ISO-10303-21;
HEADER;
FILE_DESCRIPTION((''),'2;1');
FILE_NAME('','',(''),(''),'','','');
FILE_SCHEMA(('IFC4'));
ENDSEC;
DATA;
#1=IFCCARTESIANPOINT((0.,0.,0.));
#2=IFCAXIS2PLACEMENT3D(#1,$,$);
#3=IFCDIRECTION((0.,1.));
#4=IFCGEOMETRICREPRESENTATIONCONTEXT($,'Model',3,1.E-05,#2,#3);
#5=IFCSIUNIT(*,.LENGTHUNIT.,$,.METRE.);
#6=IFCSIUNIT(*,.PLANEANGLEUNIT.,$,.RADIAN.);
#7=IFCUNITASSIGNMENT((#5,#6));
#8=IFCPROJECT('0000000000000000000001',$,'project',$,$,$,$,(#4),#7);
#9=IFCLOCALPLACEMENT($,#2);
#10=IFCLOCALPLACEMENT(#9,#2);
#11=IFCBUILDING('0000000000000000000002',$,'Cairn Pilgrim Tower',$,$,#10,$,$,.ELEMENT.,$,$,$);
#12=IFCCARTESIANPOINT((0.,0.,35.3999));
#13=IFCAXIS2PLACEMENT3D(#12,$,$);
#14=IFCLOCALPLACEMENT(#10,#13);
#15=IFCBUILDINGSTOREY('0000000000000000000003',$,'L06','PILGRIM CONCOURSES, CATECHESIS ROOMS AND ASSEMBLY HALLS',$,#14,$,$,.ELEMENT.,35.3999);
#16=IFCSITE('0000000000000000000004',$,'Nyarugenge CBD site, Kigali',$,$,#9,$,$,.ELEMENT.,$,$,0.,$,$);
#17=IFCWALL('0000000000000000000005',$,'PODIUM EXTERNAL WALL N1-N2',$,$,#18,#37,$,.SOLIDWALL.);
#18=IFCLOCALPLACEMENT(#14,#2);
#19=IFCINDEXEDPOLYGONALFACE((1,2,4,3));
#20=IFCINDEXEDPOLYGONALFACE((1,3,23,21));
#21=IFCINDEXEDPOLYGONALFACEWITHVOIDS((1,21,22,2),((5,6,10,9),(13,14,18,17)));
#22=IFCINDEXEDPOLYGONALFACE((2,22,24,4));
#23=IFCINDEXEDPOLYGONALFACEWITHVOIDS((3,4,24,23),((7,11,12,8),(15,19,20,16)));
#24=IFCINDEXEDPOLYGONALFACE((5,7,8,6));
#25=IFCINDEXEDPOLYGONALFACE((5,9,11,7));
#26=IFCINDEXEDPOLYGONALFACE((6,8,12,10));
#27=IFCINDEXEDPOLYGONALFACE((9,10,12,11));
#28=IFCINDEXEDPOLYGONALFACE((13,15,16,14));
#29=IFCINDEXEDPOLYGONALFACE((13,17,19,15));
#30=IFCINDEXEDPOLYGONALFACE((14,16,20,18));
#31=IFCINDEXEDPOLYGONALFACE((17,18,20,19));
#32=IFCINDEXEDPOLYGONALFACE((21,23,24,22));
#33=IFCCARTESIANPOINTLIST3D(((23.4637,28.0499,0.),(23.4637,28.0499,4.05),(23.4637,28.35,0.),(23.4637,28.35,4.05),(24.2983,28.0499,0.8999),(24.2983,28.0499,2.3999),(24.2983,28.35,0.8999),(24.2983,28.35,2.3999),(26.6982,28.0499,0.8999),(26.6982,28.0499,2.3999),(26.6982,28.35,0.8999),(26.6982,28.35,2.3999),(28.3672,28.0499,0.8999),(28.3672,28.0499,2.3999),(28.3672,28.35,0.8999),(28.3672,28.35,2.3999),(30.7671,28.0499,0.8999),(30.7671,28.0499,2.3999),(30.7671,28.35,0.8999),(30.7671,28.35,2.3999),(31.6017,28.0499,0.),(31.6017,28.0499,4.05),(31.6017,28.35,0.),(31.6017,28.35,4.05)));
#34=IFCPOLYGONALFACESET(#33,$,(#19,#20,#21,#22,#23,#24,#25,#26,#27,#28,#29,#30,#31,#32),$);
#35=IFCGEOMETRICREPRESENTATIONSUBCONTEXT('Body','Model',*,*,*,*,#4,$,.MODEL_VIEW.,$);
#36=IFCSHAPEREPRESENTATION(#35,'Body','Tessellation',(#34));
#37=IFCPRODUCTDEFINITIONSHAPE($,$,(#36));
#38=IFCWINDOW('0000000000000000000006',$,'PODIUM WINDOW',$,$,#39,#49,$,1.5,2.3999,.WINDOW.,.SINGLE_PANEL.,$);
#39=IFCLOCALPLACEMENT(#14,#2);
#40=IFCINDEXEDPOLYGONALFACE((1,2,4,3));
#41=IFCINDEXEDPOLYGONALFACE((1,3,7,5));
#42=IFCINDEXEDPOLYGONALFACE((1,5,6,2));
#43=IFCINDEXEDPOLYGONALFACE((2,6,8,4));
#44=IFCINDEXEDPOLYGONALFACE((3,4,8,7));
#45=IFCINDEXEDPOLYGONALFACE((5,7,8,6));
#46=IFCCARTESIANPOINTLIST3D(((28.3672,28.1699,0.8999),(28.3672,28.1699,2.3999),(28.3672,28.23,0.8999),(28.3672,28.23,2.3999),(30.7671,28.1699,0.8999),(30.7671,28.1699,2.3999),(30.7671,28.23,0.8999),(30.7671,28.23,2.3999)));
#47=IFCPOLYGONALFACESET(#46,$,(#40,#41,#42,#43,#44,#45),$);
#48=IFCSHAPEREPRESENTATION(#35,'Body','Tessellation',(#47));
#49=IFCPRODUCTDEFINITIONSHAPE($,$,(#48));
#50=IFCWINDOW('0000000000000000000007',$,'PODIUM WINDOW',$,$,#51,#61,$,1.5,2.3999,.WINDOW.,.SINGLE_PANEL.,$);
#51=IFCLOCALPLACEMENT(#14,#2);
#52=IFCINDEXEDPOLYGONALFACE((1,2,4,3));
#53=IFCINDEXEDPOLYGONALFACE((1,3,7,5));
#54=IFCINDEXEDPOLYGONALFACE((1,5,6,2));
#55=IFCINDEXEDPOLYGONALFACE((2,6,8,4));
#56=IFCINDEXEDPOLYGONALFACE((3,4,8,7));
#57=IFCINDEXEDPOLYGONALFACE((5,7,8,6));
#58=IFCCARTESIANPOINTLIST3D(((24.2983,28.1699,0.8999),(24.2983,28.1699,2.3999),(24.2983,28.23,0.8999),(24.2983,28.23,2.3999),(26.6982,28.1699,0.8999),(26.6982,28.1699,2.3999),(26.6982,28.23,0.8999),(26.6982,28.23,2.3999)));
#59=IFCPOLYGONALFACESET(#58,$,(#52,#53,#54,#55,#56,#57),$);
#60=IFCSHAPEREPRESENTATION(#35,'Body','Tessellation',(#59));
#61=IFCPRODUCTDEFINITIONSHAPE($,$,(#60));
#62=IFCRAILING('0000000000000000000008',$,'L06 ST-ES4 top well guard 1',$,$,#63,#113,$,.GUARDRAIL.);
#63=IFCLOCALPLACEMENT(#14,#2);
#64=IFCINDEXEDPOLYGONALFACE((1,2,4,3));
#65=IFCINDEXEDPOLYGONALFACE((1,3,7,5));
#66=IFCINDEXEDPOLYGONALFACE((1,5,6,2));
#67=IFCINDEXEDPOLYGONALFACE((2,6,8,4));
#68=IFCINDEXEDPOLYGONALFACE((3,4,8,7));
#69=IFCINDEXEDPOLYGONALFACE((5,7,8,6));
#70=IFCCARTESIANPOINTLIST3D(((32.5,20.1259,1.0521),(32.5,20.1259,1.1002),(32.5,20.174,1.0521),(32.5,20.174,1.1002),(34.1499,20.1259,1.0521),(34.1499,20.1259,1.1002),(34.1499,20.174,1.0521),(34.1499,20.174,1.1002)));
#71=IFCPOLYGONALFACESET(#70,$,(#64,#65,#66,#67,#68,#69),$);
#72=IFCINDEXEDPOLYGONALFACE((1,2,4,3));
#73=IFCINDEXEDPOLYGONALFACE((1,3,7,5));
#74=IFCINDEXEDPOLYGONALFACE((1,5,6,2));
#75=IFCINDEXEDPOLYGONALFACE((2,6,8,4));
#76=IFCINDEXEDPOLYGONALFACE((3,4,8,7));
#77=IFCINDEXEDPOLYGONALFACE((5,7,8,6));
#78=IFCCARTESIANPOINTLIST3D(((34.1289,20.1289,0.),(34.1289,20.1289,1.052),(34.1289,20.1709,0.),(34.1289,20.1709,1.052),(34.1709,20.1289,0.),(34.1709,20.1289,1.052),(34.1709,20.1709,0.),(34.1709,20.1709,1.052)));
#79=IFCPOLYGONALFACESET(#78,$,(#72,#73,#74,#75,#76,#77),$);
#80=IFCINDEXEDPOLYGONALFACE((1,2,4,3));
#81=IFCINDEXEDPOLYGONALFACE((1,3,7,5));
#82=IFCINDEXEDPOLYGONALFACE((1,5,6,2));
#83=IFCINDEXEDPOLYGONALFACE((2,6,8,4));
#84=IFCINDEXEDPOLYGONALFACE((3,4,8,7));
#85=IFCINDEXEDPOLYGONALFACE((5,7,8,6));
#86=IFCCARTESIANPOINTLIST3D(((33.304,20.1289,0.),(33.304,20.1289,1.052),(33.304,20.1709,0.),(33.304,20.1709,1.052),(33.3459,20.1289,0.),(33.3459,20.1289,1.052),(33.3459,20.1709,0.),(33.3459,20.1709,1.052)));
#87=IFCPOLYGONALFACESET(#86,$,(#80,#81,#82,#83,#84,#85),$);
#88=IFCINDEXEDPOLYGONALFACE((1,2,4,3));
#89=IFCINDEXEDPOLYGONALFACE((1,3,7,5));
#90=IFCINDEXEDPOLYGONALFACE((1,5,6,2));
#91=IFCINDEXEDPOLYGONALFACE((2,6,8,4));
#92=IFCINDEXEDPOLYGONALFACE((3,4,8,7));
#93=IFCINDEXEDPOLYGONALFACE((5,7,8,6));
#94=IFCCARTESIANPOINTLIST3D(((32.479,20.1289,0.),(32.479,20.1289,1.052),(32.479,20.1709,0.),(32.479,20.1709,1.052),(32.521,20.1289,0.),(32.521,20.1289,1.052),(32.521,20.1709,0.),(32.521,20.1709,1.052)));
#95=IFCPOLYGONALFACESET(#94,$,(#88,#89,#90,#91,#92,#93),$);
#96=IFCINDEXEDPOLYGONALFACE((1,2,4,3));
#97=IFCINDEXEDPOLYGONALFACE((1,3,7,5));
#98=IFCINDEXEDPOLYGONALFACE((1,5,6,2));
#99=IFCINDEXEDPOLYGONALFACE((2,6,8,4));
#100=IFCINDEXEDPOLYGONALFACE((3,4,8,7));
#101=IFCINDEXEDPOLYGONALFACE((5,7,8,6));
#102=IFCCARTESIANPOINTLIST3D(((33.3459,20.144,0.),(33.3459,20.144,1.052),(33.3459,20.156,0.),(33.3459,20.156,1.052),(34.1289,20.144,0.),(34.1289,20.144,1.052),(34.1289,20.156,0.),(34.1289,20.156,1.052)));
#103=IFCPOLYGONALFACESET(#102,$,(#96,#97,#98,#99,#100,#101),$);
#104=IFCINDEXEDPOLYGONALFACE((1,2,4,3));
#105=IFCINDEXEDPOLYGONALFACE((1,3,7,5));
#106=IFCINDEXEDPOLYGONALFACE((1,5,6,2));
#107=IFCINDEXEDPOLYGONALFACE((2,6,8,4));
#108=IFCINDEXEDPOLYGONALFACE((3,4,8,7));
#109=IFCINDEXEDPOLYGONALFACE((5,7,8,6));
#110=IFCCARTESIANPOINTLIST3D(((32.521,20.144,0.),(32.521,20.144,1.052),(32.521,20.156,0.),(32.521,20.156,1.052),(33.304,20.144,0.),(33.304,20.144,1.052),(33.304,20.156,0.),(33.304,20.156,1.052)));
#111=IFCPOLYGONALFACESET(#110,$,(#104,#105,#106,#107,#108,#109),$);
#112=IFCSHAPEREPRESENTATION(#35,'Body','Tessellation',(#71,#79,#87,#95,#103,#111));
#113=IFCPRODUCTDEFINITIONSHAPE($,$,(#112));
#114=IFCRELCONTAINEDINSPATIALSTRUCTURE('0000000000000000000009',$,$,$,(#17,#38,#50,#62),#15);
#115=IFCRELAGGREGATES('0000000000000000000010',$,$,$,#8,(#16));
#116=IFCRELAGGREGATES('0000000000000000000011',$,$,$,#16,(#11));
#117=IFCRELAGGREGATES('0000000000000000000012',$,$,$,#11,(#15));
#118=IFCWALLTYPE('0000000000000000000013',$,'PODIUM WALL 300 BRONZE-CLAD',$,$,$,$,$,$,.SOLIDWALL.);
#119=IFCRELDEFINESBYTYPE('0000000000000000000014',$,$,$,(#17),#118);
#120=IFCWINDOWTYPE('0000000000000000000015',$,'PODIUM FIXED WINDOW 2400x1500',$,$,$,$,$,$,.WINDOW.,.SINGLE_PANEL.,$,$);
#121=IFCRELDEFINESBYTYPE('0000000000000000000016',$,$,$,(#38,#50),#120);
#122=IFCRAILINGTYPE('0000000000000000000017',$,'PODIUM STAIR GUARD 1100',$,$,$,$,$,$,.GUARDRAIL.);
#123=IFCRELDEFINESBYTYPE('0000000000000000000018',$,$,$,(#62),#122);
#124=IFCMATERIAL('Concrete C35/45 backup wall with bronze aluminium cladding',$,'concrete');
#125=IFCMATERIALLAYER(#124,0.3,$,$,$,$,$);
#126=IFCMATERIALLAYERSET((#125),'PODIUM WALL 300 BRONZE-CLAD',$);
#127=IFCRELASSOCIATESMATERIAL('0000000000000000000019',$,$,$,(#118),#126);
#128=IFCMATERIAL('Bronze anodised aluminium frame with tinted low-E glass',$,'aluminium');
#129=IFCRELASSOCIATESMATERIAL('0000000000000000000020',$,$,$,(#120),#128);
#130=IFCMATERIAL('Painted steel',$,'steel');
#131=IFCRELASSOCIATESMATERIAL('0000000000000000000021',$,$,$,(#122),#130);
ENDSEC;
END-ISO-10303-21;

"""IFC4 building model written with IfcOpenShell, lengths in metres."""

from ifc_helpers import new_model, si_unit, direction, frame, frame_2d, origin, origin_2d, place, context, subcontext, project, spatial, polyline, rectangle, outline, extrude, material, layer, layer_set, type_object, element, fill, save


model = new_model("IFC4")

# Units and contexts
model_context = context("Model", 3, precision=1e-05, world=origin(), true_north=direction((0.0, 1.0)))
body_context = subcontext(model_context, "Body", "Model", "MODEL_VIEW")
ifc_project = project(units=[si_unit("LENGTHUNIT", "METRE"), si_unit("PLANEANGLEUNIT", "RADIAN")], contexts=[model_context])

# Site, building, storey
site_placement = place(None, origin())
site = spatial("IfcSite", under=ifc_project, at=site_placement, Name="Nyarugenge CBD site, Kigali", CompositionType="ELEMENT", RefElevation=0.0)
building_placement = place(site_placement, origin())
building = spatial("IfcBuilding", under=site, at=building_placement, Name="Cairn Pilgrim Tower", CompositionType="ELEMENT")
storey_placement = place(building_placement, frame((0.0, 0.0, 35.3999)))
storey = spatial("IfcBuildingStorey", under=building, at=storey_placement, Name="L06", Description="PILGRIM CONCOURSES, CATECHESIS ROOMS AND ASSEMBLY HALLS", CompositionType="ELEMENT", Elevation=35.3999)

# Wall, openings, windows
ifc_material_1 = material(Name="Concrete C35/45 backup wall with bronze aluminium cladding", Category="concrete")
ifc_layer_1 = layer(ifc_material_1, 0.3)
ifc_layer_set_1 = layer_set([ifc_layer_1], Name="PODIUM WALL 300 BRONZE-CLAD")
wall_type_1 = type_object("IfcWallType", Name="PODIUM WALL 300 BRONZE-CLAD", PredefinedType="SOLIDWALL", material=ifc_layer_set_1)
ifc_material_2 = material(Name="Bronze anodised aluminium frame with tinted low-E glass", Category="aluminium")
window_type = type_object("IfcWindowType", Name="PODIUM FIXED WINDOW 2400x1500", PartitioningType="SINGLE_PANEL", PredefinedType="WINDOW", material=ifc_material_2)
wall_1_placement = place(storey_placement, frame((31.6016, 28.2, 0.0), z_axis=(0.0, 0.0, 1.0), x_axis=(-1.0, 0.0, 0.0)))
wall_1 = element("IfcWall", 1, at=wall_1_placement, inside=storey, type_object=wall_type_1, Name="PODIUM EXTERNAL WALL N1-N2", PredefinedType="SOLIDWALL", context=body_context, shape_type="SweptSolid", body=[
    extrude(rectangle(XDim=8.1379, YDim=0.3, at=frame_2d((4.0688, 0.0))), origin(), (0.0, 0.0, 1.0), 4.05),
])
opening_1_placement = place(wall_1_placement, frame((0.8345, 0.0, 0.8999)))
opening_1 = element("IfcOpeningElement", 2, at=opening_1_placement, cuts=wall_1, PredefinedType="OPENING", context=body_context, shape_type="SweptSolid", body=[
    extrude(rectangle(XDim=2.3999, YDim=1.5, at=frame_2d((1.2, 0.75))), frame((0.0, 0.1602, 0.0), z_axis=(0.0, -1.0, 0.0), x_axis=(1.0, 0.0, 0.0)), (0.0, 0.0, 1.0), 0.3201),
])
opening_2_placement = place(wall_1_placement, frame((4.9033, 0.0, 0.8999)))
opening_2 = element("IfcOpeningElement", 3, at=opening_2_placement, cuts=wall_1, PredefinedType="OPENING", context=body_context, shape_type="SweptSolid", body=[
    extrude(rectangle(XDim=2.3999, YDim=1.5, at=frame_2d((1.2, 0.75))), frame((0.0, 0.1602, 0.0), z_axis=(0.0, -1.0, 0.0), x_axis=(1.0, 0.0, 0.0)), (0.0, 0.0, 1.0), 0.3201),
])
window_1_placement = place(opening_1_placement, origin())
window_1 = element("IfcWindow", 4, at=window_1_placement, inside=storey, type_object=window_type, Name="PODIUM WINDOW", OverallHeight=1.5, OverallWidth=2.3999, PartitioningType="SINGLE_PANEL", PredefinedType="WINDOW", context=body_context, shape_type="SweptSolid", body=[
    extrude(rectangle(XDim=2.3999, YDim=1.5, at=frame_2d((1.2, 0.75))), frame((0.0, 0.03, 0.0), z_axis=(0.0, -1.0, 0.0), x_axis=(1.0, 0.0, 0.0)), (0.0, 0.0, 1.0), 0.0601),
])
fill(opening_1, window_1)
window_2_placement = place(opening_2_placement, origin())
window_2 = element("IfcWindow", 5, at=window_2_placement, inside=storey, type_object=window_type, Name="PODIUM WINDOW", OverallHeight=1.5, OverallWidth=2.3999, PartitioningType="SINGLE_PANEL", PredefinedType="WINDOW", context=body_context, shape_type="SweptSolid", body=[
    extrude(rectangle(XDim=2.3999, YDim=1.5, at=frame_2d((1.2, 0.75))), frame((0.0, 0.03, 0.0), z_axis=(0.0, -1.0, 0.0), x_axis=(1.0, 0.0, 0.0)), (0.0, 0.0, 1.0), 0.0601),
])
fill(opening_2, window_2)

# Railing
ifc_material_3 = material(Name="Painted steel", Category="steel")
railing_type = type_object("IfcRailingType", Name="PODIUM STAIR GUARD 1100", PredefinedType="GUARDRAIL", material=ifc_material_3)
railing_placement = place(storey_placement, frame((34.1499, 20.1499, 0.0)))
element("IfcRailing", 6, at=railing_placement, inside=storey, type_object=railing_type, Name="L06 ST-ES4 top well guard 1", PredefinedType="GUARDRAIL", context=body_context, shape_type="SweptSolid", body=[
    extrude(rectangle(XDim=0.0481, YDim=0.0481, at=origin_2d()), frame((0.0, 0.0, 1.0762), z_axis=(-1.0, 0.0, 0.0), x_axis=(0.0, -1.0, 0.0)), (0.0, 0.0, 1.0), 1.6499),
    extrude(rectangle(XDim=0.042, YDim=0.042, at=origin_2d()), origin(), (0.0, 0.0, 1.0), 1.052),
    extrude(rectangle(XDim=0.042, YDim=0.042, at=origin_2d()), frame((-0.825, 0.0, 0.0)), (0.0, 0.0, 1.0), 1.052),
    extrude(rectangle(XDim=0.042, YDim=0.042, at=origin_2d()), frame((-1.6499, 0.0, 0.0)), (0.0, 0.0, 1.0), 1.052),
    extrude(outline(polyline([(0.021, 0.0), (0.804, 0.0), (0.804, 1.052), (0.021, 1.052), (0.021, 0.0)])), frame((0.0, -0.0059, 0.0), z_axis=(0.0, 1.0, 0.0), x_axis=(-1.0, 0.0, 0.0)), (0.0, 0.0, 1.0), 0.012),
    extrude(outline(polyline([(0.021, 0.0), (0.804, 0.0), (0.804, 1.052), (0.021, 1.052), (0.021, 0.0)])), frame((-0.825, -0.0059, 0.0), z_axis=(0.0, 1.0, 0.0), x_axis=(-1.0, 0.0, 0.0)), (0.0, 0.0, 1.0), 0.012),
])

save(model, "model.ifc")
